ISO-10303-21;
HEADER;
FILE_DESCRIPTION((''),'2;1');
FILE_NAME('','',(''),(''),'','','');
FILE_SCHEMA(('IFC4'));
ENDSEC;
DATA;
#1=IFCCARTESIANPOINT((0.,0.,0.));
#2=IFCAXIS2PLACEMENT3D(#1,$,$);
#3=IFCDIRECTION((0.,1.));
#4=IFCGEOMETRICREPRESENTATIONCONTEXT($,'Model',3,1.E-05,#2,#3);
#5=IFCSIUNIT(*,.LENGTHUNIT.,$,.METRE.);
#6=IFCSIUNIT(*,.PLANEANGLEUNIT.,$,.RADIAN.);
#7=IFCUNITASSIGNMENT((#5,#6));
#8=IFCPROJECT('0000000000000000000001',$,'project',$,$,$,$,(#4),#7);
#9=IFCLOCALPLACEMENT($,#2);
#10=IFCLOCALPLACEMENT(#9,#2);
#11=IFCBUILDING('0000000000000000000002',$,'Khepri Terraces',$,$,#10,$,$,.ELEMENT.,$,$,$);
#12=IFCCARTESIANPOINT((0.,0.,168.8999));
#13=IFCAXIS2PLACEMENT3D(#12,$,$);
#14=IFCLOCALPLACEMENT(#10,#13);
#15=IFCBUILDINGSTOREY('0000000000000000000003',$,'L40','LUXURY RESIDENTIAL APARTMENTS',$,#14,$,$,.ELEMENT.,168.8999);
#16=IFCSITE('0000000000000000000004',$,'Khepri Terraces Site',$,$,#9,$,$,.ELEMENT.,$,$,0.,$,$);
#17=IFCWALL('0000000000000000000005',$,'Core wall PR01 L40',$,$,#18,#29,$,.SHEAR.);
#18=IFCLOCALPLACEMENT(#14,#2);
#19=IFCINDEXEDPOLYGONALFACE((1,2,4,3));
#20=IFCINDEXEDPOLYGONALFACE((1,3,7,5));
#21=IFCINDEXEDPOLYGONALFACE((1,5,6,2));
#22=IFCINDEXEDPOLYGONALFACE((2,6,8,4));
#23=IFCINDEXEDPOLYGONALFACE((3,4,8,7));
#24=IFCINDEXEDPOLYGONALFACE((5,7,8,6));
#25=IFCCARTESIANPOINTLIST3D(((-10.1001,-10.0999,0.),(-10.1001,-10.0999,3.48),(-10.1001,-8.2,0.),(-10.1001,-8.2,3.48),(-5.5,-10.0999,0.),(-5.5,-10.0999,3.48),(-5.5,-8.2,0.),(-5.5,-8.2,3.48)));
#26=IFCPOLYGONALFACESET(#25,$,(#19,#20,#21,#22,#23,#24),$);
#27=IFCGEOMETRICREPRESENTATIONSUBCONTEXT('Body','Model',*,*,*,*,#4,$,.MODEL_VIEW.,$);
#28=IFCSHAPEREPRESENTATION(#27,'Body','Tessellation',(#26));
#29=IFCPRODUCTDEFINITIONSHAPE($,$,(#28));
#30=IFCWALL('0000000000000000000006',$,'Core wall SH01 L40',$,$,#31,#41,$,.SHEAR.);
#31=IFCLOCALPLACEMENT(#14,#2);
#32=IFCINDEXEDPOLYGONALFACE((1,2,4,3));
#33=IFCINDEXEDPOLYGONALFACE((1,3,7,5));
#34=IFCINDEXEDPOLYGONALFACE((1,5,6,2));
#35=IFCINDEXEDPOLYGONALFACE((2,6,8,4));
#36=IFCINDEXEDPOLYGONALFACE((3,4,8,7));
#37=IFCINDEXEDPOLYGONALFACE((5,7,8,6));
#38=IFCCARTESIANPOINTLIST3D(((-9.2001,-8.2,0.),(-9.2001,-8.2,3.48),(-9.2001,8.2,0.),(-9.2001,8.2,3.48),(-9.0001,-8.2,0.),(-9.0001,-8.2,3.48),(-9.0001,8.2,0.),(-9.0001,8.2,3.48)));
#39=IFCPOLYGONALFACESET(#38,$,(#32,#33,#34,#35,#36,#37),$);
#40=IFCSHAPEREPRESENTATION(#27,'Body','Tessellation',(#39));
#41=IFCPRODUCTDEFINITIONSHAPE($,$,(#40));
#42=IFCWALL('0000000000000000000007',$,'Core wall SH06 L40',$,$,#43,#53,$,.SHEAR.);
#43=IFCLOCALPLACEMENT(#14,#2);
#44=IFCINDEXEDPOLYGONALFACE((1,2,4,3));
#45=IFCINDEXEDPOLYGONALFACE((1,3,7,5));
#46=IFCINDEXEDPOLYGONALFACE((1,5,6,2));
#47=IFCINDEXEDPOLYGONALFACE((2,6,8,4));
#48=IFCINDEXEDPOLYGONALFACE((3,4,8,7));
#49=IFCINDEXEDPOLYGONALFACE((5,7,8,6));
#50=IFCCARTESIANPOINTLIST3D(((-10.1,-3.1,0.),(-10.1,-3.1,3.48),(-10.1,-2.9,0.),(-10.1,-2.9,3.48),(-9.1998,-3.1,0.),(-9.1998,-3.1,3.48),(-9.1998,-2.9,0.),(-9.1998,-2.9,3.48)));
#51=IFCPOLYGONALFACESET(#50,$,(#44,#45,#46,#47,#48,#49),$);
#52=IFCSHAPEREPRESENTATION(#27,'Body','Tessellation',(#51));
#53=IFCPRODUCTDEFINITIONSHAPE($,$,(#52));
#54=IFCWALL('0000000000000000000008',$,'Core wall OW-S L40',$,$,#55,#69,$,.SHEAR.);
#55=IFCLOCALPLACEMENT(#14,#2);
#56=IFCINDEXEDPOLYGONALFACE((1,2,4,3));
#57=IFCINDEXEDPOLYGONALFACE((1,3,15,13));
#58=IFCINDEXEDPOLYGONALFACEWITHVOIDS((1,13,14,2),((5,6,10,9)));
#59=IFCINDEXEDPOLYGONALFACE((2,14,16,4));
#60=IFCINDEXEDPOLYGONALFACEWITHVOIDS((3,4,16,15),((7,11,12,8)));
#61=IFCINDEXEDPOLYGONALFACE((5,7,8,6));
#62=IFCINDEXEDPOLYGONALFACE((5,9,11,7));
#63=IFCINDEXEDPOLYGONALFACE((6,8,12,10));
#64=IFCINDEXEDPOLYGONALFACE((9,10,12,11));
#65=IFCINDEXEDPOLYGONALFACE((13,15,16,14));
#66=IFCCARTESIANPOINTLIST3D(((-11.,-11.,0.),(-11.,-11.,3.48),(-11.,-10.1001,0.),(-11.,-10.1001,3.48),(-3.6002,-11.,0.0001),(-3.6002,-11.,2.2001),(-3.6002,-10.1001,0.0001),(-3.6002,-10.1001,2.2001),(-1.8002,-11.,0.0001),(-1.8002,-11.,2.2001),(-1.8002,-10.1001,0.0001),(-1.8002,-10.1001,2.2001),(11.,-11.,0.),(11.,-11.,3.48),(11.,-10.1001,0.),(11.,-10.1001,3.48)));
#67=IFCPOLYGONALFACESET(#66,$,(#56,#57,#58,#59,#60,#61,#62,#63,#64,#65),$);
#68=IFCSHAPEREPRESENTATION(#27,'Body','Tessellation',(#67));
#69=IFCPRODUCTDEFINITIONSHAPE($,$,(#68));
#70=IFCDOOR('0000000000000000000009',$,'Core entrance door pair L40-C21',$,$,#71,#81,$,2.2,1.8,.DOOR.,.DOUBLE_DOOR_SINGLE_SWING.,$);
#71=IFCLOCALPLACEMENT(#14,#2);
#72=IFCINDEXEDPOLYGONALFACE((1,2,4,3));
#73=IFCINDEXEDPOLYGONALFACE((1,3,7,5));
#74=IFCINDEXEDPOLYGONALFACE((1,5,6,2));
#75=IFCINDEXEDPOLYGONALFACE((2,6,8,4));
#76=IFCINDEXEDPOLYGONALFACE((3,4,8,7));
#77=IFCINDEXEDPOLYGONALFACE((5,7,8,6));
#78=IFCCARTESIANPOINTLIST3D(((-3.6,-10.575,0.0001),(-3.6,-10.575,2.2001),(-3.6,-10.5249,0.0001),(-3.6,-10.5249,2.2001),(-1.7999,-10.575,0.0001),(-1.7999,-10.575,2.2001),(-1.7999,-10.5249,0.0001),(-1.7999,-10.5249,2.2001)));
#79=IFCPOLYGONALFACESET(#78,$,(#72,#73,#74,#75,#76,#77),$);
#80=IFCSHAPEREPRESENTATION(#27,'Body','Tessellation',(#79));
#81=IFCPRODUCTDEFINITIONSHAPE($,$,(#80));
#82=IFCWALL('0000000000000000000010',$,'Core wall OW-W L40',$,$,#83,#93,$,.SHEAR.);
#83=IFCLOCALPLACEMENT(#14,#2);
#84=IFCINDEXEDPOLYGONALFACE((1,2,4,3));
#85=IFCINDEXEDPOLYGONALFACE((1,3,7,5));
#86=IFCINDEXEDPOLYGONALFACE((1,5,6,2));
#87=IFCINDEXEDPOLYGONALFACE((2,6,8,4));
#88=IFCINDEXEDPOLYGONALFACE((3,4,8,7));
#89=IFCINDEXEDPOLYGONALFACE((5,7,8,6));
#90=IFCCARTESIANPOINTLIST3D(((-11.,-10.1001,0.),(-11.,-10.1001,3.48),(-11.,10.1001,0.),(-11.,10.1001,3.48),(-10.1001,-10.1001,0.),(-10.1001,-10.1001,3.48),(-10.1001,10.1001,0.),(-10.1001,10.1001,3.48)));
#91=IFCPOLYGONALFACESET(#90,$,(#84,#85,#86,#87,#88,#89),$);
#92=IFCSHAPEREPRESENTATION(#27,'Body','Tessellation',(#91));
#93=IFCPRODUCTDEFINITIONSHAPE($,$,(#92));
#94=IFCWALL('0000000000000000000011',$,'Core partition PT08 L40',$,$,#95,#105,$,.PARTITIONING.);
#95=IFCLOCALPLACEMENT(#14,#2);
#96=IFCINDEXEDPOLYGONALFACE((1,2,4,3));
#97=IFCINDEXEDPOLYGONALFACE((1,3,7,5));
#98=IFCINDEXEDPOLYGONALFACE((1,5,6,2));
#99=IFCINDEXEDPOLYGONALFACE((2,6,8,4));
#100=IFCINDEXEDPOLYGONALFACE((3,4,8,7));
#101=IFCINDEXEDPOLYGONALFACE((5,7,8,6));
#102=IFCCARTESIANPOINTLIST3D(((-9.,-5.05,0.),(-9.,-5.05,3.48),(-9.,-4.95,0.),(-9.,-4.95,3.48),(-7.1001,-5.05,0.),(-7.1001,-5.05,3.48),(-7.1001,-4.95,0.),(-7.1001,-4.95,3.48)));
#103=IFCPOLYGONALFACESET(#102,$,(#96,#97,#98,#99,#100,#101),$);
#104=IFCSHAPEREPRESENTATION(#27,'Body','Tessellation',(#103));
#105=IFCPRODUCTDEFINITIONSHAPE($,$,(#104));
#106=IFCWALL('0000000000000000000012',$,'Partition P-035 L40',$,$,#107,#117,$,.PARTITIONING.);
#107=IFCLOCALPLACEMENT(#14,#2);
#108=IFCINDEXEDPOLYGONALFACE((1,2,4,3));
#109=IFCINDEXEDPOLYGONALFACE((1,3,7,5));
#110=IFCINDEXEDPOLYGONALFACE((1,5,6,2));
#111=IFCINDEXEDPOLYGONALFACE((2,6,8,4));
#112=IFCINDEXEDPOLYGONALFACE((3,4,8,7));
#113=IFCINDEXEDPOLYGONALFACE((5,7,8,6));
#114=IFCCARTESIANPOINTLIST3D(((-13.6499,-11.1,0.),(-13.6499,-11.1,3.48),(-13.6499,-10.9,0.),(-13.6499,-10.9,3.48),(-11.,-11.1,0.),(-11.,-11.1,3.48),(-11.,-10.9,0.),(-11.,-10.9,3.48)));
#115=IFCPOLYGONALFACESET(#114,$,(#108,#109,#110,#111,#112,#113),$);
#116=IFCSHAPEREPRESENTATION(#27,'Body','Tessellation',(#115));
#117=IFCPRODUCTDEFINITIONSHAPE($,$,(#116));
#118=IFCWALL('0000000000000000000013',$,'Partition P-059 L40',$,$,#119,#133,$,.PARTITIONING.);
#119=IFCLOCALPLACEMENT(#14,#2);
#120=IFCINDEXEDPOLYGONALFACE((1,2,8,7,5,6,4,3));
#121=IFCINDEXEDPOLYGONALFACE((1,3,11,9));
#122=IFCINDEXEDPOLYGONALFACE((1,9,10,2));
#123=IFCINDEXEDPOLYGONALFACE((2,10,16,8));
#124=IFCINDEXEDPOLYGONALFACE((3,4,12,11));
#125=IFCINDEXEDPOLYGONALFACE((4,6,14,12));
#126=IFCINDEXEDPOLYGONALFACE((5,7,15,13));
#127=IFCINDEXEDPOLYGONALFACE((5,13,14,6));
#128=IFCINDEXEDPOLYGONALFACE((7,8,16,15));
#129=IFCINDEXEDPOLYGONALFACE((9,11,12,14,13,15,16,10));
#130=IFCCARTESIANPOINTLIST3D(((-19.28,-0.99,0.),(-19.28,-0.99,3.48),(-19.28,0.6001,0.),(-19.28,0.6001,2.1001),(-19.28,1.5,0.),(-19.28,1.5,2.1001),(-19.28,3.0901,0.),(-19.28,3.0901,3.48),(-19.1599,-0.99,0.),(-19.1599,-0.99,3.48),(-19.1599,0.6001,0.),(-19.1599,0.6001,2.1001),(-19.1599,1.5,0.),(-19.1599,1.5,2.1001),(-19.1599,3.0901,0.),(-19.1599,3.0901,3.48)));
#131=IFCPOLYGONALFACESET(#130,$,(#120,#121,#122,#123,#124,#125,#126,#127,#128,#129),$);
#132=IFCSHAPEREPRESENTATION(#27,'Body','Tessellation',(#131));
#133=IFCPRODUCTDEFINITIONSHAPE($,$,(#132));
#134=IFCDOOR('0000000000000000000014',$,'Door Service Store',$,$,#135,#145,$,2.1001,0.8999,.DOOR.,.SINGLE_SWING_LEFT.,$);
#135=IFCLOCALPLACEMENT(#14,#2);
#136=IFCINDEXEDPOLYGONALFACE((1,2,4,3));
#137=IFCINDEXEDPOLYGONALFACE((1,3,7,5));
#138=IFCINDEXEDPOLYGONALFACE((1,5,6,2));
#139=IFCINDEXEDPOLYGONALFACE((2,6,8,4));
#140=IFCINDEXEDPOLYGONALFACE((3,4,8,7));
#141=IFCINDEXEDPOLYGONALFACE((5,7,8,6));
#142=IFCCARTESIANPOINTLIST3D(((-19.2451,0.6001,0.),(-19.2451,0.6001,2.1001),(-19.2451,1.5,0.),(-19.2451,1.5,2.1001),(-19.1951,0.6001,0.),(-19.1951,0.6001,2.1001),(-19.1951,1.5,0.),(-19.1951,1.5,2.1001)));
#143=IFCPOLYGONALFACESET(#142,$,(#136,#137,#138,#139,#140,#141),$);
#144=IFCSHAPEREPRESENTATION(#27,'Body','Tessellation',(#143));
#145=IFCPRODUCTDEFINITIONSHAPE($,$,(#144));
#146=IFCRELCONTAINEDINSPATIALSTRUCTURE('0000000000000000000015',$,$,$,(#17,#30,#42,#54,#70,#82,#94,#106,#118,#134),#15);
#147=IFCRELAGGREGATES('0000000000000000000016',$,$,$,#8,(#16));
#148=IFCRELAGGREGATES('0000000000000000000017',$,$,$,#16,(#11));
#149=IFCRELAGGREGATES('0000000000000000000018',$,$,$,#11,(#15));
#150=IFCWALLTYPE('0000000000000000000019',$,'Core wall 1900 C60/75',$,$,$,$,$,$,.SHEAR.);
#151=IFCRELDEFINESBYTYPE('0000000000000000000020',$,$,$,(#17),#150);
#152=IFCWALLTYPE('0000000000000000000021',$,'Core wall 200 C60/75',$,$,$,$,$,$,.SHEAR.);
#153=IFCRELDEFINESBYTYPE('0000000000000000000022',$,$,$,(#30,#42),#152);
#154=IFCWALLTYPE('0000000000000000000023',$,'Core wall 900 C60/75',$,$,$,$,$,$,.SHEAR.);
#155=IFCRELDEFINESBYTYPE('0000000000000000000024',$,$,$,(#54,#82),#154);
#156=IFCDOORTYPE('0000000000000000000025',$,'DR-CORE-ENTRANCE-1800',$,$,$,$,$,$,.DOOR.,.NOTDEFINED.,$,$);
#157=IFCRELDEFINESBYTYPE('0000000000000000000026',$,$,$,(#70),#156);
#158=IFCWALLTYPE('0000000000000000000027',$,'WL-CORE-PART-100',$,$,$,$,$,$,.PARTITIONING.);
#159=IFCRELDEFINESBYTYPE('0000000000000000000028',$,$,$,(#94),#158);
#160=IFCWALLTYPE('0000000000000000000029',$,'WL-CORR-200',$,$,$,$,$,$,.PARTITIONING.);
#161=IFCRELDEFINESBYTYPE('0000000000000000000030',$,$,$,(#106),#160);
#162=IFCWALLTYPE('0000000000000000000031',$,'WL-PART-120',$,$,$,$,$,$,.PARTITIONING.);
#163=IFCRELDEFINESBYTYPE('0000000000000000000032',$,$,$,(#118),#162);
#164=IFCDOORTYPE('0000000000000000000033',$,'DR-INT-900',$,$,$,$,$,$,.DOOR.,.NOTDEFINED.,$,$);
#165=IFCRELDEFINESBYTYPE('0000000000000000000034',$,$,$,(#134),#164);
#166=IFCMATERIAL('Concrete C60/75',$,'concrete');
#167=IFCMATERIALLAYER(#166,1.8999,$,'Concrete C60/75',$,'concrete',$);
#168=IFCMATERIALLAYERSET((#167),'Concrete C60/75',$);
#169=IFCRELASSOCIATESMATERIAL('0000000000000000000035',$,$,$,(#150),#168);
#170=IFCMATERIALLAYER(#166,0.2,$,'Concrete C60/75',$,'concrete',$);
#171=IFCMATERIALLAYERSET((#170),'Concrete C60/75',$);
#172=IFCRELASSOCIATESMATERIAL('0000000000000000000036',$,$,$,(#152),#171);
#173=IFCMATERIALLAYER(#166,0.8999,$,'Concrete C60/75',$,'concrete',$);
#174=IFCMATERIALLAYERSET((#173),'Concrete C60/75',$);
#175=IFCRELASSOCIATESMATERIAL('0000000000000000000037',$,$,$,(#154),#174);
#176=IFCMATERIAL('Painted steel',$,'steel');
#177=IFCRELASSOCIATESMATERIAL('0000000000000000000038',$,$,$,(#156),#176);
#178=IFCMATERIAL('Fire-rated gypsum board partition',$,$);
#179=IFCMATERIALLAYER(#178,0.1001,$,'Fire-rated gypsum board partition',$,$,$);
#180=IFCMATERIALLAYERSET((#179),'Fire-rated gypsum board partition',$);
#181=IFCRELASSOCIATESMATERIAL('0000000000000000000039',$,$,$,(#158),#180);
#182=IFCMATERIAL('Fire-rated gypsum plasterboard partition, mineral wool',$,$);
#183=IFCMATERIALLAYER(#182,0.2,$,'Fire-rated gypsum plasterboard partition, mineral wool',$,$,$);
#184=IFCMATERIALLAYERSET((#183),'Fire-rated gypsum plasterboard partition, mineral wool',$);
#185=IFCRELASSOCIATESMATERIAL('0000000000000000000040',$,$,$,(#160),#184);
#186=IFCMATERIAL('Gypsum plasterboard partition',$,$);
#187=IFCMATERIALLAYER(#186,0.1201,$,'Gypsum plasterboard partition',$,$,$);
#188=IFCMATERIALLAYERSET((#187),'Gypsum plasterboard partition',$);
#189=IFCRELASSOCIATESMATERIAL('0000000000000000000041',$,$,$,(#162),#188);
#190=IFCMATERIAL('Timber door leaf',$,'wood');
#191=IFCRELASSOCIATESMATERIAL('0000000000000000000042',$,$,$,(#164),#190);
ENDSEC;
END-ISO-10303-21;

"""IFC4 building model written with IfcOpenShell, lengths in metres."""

from ifc_helpers import new_model, si_unit, direction, frame, frame_2d, origin, place, context, subcontext, project, spatial, rectangle, extrude, material, layer, layer_set, type_object, element, fill, save


model = new_model("IFC4")

# Units and contexts
model_context = context("Model", 3, precision=1e-05, world=origin(), true_north=direction((0.0, 1.0)))
body_context = subcontext(model_context, "Body", "Model", "MODEL_VIEW")
ifc_project = project(units=[si_unit("LENGTHUNIT", "METRE"), si_unit("PLANEANGLEUNIT", "RADIAN")], contexts=[model_context])

# Site, building, storey
site_placement = place(None, origin())
site = spatial("IfcSite", under=ifc_project, at=site_placement, Name="Khepri Terraces Site", CompositionType="ELEMENT", RefElevation=0.0)
building_placement = place(site_placement, origin())
building = spatial("IfcBuilding", under=site, at=building_placement, Name="Khepri Terraces", CompositionType="ELEMENT")
storey_placement = place(building_placement, frame((0.0, 0.0, 168.8999)))
storey = spatial("IfcBuildingStorey", under=building, at=storey_placement, Name="L40", Description="LUXURY RESIDENTIAL APARTMENTS", CompositionType="ELEMENT", Elevation=168.8999)

# Walls
ifc_material_1 = material(Name="Concrete C60/75", Category="concrete")
ifc_layer_1 = layer(ifc_material_1, 1.8999, Name="Concrete C60/75", Category="concrete")
ifc_layer_set_1 = layer_set([ifc_layer_1], Name="Concrete C60/75")
wall_type_1 = type_object("IfcWallType", Name="Core wall 1900 C60/75", PredefinedType="SHEAR", material=ifc_layer_set_1)
wall_1_placement = place(storey_placement, frame((-10.1001, -9.1499, 0.0), z_axis=(0.0, 0.0, 1.0), x_axis=(1.0, 0.0, 0.0)))
element("IfcWall", 1, at=wall_1_placement, inside=storey, type_object=wall_type_1, Name="Core wall PR01 L40", PredefinedType="SHEAR", context=body_context, shape_type="SweptSolid", body=[
    extrude(rectangle(XDim=4.6001, YDim=1.8999, at=frame_2d((2.3, 0.0))), origin(), (0.0, 0.0, 1.0), 3.48),
])
ifc_layer_2 = layer(ifc_material_1, 0.2, Name="Concrete C60/75", Category="concrete")
ifc_layer_set_2 = layer_set([ifc_layer_2], Name="Concrete C60/75")
wall_type_2 = type_object("IfcWallType", Name="Core wall 200 C60/75", PredefinedType="SHEAR", material=ifc_layer_set_2)
wall_2_placement = place(storey_placement, frame((-9.1001, -8.2, 0.0), z_axis=(0.0, 0.0, 1.0), x_axis=(0.0, 1.0, 0.0)))
element("IfcWall", 2, at=wall_2_placement, inside=storey, type_object=wall_type_2, Name="Core wall SH01 L40", PredefinedType="SHEAR", context=body_context, shape_type="SweptSolid", body=[
    extrude(rectangle(XDim=16.3999, YDim=0.2, at=frame_2d((8.2, 0.0))), origin(), (0.0, 0.0, 1.0), 3.48),
])
wall_3_placement = place(storey_placement, frame((-10.1001, -3.0, 0.0), z_axis=(0.0, 0.0, 1.0), x_axis=(1.0, 0.0, 0.0)))
element("IfcWall", 3, at=wall_3_placement, inside=storey, type_object=wall_type_2, Name="Core wall SH06 L40", PredefinedType="SHEAR", context=body_context, shape_type="SweptSolid", body=[
    extrude(rectangle(XDim=0.9001, YDim=0.2, at=frame_2d((0.4502, 0.0))), origin(), (0.0, 0.0, 1.0), 3.48),
])

# Wall, opening, door
ifc_layer_3 = layer(ifc_material_1, 0.8999, Name="Concrete C60/75", Category="concrete")
ifc_layer_set_3 = layer_set([ifc_layer_3], Name="Concrete C60/75")
wall_type_3 = type_object("IfcWallType", Name="Core wall 900 C60/75", PredefinedType="SHEAR", material=ifc_layer_set_3)
wall_4_placement = place(storey_placement, frame((-11.0, -10.55, 0.0), z_axis=(0.0, 0.0, 1.0), x_axis=(1.0, 0.0, 0.0)))
wall_4 = element("IfcWall", 4, at=wall_4_placement, inside=storey, type_object=wall_type_3, Name="Core wall OW-S L40", PredefinedType="SHEAR", context=body_context, shape_type="SweptSolid", body=[
    extrude(rectangle(XDim=22.0, YDim=0.8999, at=frame_2d((11.0, 0.0))), origin(), (0.0, 0.0, 1.0), 3.48),
])
opening_1_placement = place(wall_4_placement, frame((7.3999, 0.0, 0.0)))
opening_1 = element("IfcOpeningElement", 5, at=opening_1_placement, cuts=wall_4, PredefinedType="OPENING", context=body_context, shape_type="SweptSolid", body=[
    extrude(rectangle(XDim=1.8, YDim=2.2, at=frame_2d((0.8999, 1.1001))), frame((0.0, 0.46, 0.0), z_axis=(0.0, -1.0, 0.0), x_axis=(1.0, 0.0, 0.0)), (0.0, 0.0, 1.0), 0.9199),
])
ifc_material_2 = material(Name="Painted steel", Category="steel")
door_type_1 = type_object("IfcDoorType", Name="DR-CORE-ENTRANCE-1800", OperationType="NOTDEFINED", PredefinedType="DOOR", material=ifc_material_2)
door_1_placement = place(opening_1_placement, frame((1.8, 0.0, 0.0), z_axis=(0.0, 0.0, 1.0), x_axis=(-1.0, 0.0, 0.0)))
door_1 = element("IfcDoor", 6, at=door_1_placement, inside=storey, type_object=door_type_1, Name="Core entrance door pair L40-C21", OperationType="DOUBLE_DOOR_SINGLE_SWING", OverallHeight=2.2, OverallWidth=1.8, PredefinedType="DOOR", context=body_context, shape_type="SweptSolid", body=[
    extrude(rectangle(XDim=1.8, YDim=2.2, at=frame_2d((0.8999, 1.1001))), frame((0.0, 0.0249, 0.0), z_axis=(0.0, -1.0, 0.0), x_axis=(1.0, 0.0, 0.0)), (0.0, 0.0, 1.0), 0.05),
])
fill(opening_1, door_1)

# Walls
wall_5_placement = place(storey_placement, frame((-10.55, -10.1001, 0.0), z_axis=(0.0, 0.0, 1.0), x_axis=(0.0, 1.0, 0.0)))
element("IfcWall", 7, at=wall_5_placement, inside=storey, type_object=wall_type_3, Name="Core wall OW-W L40", PredefinedType="SHEAR", context=body_context, shape_type="SweptSolid", body=[
    extrude(rectangle(XDim=20.2002, YDim=0.8999, at=frame_2d((10.1001, 0.0))), origin(), (0.0, 0.0, 1.0), 3.48),
])
ifc_material_3 = material(Name="Fire-rated gypsum board partition")
ifc_layer_4 = layer(ifc_material_3, 0.1001, Name="Fire-rated gypsum board partition")
ifc_layer_set_4 = layer_set([ifc_layer_4], Name="Fire-rated gypsum board partition")
wall_type_4 = type_object("IfcWallType", Name="WL-CORE-PART-100", PredefinedType="PARTITIONING", material=ifc_layer_set_4)
wall_6_placement = place(storey_placement, frame((-9.0, -5.0, 0.0), z_axis=(0.0, 0.0, 1.0), x_axis=(1.0, 0.0, 0.0)))
element("IfcWall", 8, at=wall_6_placement, inside=storey, type_object=wall_type_4, Name="Core partition PT08 L40", PredefinedType="PARTITIONING", context=body_context, shape_type="SweptSolid", body=[
    extrude(rectangle(XDim=1.8999, YDim=0.1001, at=frame_2d((0.95, 0.0))), origin(), (0.0, 0.0, 1.0), 3.48),
])
ifc_material_4 = material(Name="Fire-rated gypsum plasterboard partition, mineral wool")
ifc_layer_5 = layer(ifc_material_4, 0.2, Name="Fire-rated gypsum plasterboard partition, mineral wool")
ifc_layer_set_5 = layer_set([ifc_layer_5], Name="Fire-rated gypsum plasterboard partition, mineral wool")
wall_type_5 = type_object("IfcWallType", Name="WL-CORR-200", PredefinedType="PARTITIONING", material=ifc_layer_set_5)
wall_7_placement = place(storey_placement, frame((-13.6499, -11.0, 0.0), z_axis=(0.0, 0.0, 1.0), x_axis=(1.0, 0.0, 0.0)))
element("IfcWall", 9, at=wall_7_placement, inside=storey, type_object=wall_type_5, Name="Partition P-035 L40", PredefinedType="PARTITIONING", context=body_context, shape_type="SweptSolid", body=[
    extrude(rectangle(XDim=2.6499, YDim=0.2, at=frame_2d((1.325, 0.0))), origin(), (0.0, 0.0, 1.0), 3.48),
])

# Wall, opening, door
ifc_material_5 = material(Name="Gypsum plasterboard partition")
ifc_layer_6 = layer(ifc_material_5, 0.1201, Name="Gypsum plasterboard partition")
ifc_layer_set_6 = layer_set([ifc_layer_6], Name="Gypsum plasterboard partition")
wall_type_6 = type_object("IfcWallType", Name="WL-PART-120", PredefinedType="PARTITIONING", material=ifc_layer_set_6)
wall_8_placement = place(storey_placement, frame((-19.22, -0.99, 0.0), z_axis=(0.0, 0.0, 1.0), x_axis=(0.0, 1.0, 0.0)))
wall_8 = element("IfcWall", 10, at=wall_8_placement, inside=storey, type_object=wall_type_6, Name="Partition P-059 L40", PredefinedType="PARTITIONING", context=body_context, shape_type="SweptSolid", body=[
    extrude(rectangle(XDim=4.0801, YDim=0.1201, at=frame_2d((2.04, 0.0))), origin(), (0.0, 0.0, 1.0), 3.48),
])
opening_2_placement = place(wall_8_placement, frame((1.5901, 0.0, 0.0)))
opening_2 = element("IfcOpeningElement", 11, at=opening_2_placement, cuts=wall_8, PredefinedType="OPENING", context=body_context, shape_type="SweptSolid", body=[
    extrude(rectangle(XDim=0.8999, YDim=2.1001, at=frame_2d((0.45, 1.05))), frame((0.0, 0.0701, 0.0), z_axis=(0.0, -1.0, 0.0), x_axis=(1.0, 0.0, 0.0)), (0.0, 0.0, 1.0), 0.1401),
])
ifc_material_6 = material(Name="Timber door leaf", Category="wood")
door_type_2 = type_object("IfcDoorType", Name="DR-INT-900", OperationType="NOTDEFINED", PredefinedType="DOOR", material=ifc_material_6)
door_2_placement = place(opening_2_placement, frame((0.8999, 0.0, 0.0), z_axis=(0.0, 0.0, 1.0), x_axis=(-1.0, 0.0, 0.0)))
door_2 = element("IfcDoor", 12, at=door_2_placement, inside=storey, type_object=door_type_2, Name="Door Service Store", OperationType="SINGLE_SWING_LEFT", OverallHeight=2.1001, OverallWidth=0.8999, PredefinedType="DOOR", context=body_context, shape_type="SweptSolid", body=[
    extrude(rectangle(XDim=0.8999, YDim=2.1001, at=frame_2d((0.45, 1.05))), frame((0.0, 0.0249, 0.0), z_axis=(0.0, -1.0, 0.0), x_axis=(1.0, 0.0, 0.0)), (0.0, 0.0, 1.0), 0.05),
])
fill(opening_2, door_2)

save(model, "model.ifc")
